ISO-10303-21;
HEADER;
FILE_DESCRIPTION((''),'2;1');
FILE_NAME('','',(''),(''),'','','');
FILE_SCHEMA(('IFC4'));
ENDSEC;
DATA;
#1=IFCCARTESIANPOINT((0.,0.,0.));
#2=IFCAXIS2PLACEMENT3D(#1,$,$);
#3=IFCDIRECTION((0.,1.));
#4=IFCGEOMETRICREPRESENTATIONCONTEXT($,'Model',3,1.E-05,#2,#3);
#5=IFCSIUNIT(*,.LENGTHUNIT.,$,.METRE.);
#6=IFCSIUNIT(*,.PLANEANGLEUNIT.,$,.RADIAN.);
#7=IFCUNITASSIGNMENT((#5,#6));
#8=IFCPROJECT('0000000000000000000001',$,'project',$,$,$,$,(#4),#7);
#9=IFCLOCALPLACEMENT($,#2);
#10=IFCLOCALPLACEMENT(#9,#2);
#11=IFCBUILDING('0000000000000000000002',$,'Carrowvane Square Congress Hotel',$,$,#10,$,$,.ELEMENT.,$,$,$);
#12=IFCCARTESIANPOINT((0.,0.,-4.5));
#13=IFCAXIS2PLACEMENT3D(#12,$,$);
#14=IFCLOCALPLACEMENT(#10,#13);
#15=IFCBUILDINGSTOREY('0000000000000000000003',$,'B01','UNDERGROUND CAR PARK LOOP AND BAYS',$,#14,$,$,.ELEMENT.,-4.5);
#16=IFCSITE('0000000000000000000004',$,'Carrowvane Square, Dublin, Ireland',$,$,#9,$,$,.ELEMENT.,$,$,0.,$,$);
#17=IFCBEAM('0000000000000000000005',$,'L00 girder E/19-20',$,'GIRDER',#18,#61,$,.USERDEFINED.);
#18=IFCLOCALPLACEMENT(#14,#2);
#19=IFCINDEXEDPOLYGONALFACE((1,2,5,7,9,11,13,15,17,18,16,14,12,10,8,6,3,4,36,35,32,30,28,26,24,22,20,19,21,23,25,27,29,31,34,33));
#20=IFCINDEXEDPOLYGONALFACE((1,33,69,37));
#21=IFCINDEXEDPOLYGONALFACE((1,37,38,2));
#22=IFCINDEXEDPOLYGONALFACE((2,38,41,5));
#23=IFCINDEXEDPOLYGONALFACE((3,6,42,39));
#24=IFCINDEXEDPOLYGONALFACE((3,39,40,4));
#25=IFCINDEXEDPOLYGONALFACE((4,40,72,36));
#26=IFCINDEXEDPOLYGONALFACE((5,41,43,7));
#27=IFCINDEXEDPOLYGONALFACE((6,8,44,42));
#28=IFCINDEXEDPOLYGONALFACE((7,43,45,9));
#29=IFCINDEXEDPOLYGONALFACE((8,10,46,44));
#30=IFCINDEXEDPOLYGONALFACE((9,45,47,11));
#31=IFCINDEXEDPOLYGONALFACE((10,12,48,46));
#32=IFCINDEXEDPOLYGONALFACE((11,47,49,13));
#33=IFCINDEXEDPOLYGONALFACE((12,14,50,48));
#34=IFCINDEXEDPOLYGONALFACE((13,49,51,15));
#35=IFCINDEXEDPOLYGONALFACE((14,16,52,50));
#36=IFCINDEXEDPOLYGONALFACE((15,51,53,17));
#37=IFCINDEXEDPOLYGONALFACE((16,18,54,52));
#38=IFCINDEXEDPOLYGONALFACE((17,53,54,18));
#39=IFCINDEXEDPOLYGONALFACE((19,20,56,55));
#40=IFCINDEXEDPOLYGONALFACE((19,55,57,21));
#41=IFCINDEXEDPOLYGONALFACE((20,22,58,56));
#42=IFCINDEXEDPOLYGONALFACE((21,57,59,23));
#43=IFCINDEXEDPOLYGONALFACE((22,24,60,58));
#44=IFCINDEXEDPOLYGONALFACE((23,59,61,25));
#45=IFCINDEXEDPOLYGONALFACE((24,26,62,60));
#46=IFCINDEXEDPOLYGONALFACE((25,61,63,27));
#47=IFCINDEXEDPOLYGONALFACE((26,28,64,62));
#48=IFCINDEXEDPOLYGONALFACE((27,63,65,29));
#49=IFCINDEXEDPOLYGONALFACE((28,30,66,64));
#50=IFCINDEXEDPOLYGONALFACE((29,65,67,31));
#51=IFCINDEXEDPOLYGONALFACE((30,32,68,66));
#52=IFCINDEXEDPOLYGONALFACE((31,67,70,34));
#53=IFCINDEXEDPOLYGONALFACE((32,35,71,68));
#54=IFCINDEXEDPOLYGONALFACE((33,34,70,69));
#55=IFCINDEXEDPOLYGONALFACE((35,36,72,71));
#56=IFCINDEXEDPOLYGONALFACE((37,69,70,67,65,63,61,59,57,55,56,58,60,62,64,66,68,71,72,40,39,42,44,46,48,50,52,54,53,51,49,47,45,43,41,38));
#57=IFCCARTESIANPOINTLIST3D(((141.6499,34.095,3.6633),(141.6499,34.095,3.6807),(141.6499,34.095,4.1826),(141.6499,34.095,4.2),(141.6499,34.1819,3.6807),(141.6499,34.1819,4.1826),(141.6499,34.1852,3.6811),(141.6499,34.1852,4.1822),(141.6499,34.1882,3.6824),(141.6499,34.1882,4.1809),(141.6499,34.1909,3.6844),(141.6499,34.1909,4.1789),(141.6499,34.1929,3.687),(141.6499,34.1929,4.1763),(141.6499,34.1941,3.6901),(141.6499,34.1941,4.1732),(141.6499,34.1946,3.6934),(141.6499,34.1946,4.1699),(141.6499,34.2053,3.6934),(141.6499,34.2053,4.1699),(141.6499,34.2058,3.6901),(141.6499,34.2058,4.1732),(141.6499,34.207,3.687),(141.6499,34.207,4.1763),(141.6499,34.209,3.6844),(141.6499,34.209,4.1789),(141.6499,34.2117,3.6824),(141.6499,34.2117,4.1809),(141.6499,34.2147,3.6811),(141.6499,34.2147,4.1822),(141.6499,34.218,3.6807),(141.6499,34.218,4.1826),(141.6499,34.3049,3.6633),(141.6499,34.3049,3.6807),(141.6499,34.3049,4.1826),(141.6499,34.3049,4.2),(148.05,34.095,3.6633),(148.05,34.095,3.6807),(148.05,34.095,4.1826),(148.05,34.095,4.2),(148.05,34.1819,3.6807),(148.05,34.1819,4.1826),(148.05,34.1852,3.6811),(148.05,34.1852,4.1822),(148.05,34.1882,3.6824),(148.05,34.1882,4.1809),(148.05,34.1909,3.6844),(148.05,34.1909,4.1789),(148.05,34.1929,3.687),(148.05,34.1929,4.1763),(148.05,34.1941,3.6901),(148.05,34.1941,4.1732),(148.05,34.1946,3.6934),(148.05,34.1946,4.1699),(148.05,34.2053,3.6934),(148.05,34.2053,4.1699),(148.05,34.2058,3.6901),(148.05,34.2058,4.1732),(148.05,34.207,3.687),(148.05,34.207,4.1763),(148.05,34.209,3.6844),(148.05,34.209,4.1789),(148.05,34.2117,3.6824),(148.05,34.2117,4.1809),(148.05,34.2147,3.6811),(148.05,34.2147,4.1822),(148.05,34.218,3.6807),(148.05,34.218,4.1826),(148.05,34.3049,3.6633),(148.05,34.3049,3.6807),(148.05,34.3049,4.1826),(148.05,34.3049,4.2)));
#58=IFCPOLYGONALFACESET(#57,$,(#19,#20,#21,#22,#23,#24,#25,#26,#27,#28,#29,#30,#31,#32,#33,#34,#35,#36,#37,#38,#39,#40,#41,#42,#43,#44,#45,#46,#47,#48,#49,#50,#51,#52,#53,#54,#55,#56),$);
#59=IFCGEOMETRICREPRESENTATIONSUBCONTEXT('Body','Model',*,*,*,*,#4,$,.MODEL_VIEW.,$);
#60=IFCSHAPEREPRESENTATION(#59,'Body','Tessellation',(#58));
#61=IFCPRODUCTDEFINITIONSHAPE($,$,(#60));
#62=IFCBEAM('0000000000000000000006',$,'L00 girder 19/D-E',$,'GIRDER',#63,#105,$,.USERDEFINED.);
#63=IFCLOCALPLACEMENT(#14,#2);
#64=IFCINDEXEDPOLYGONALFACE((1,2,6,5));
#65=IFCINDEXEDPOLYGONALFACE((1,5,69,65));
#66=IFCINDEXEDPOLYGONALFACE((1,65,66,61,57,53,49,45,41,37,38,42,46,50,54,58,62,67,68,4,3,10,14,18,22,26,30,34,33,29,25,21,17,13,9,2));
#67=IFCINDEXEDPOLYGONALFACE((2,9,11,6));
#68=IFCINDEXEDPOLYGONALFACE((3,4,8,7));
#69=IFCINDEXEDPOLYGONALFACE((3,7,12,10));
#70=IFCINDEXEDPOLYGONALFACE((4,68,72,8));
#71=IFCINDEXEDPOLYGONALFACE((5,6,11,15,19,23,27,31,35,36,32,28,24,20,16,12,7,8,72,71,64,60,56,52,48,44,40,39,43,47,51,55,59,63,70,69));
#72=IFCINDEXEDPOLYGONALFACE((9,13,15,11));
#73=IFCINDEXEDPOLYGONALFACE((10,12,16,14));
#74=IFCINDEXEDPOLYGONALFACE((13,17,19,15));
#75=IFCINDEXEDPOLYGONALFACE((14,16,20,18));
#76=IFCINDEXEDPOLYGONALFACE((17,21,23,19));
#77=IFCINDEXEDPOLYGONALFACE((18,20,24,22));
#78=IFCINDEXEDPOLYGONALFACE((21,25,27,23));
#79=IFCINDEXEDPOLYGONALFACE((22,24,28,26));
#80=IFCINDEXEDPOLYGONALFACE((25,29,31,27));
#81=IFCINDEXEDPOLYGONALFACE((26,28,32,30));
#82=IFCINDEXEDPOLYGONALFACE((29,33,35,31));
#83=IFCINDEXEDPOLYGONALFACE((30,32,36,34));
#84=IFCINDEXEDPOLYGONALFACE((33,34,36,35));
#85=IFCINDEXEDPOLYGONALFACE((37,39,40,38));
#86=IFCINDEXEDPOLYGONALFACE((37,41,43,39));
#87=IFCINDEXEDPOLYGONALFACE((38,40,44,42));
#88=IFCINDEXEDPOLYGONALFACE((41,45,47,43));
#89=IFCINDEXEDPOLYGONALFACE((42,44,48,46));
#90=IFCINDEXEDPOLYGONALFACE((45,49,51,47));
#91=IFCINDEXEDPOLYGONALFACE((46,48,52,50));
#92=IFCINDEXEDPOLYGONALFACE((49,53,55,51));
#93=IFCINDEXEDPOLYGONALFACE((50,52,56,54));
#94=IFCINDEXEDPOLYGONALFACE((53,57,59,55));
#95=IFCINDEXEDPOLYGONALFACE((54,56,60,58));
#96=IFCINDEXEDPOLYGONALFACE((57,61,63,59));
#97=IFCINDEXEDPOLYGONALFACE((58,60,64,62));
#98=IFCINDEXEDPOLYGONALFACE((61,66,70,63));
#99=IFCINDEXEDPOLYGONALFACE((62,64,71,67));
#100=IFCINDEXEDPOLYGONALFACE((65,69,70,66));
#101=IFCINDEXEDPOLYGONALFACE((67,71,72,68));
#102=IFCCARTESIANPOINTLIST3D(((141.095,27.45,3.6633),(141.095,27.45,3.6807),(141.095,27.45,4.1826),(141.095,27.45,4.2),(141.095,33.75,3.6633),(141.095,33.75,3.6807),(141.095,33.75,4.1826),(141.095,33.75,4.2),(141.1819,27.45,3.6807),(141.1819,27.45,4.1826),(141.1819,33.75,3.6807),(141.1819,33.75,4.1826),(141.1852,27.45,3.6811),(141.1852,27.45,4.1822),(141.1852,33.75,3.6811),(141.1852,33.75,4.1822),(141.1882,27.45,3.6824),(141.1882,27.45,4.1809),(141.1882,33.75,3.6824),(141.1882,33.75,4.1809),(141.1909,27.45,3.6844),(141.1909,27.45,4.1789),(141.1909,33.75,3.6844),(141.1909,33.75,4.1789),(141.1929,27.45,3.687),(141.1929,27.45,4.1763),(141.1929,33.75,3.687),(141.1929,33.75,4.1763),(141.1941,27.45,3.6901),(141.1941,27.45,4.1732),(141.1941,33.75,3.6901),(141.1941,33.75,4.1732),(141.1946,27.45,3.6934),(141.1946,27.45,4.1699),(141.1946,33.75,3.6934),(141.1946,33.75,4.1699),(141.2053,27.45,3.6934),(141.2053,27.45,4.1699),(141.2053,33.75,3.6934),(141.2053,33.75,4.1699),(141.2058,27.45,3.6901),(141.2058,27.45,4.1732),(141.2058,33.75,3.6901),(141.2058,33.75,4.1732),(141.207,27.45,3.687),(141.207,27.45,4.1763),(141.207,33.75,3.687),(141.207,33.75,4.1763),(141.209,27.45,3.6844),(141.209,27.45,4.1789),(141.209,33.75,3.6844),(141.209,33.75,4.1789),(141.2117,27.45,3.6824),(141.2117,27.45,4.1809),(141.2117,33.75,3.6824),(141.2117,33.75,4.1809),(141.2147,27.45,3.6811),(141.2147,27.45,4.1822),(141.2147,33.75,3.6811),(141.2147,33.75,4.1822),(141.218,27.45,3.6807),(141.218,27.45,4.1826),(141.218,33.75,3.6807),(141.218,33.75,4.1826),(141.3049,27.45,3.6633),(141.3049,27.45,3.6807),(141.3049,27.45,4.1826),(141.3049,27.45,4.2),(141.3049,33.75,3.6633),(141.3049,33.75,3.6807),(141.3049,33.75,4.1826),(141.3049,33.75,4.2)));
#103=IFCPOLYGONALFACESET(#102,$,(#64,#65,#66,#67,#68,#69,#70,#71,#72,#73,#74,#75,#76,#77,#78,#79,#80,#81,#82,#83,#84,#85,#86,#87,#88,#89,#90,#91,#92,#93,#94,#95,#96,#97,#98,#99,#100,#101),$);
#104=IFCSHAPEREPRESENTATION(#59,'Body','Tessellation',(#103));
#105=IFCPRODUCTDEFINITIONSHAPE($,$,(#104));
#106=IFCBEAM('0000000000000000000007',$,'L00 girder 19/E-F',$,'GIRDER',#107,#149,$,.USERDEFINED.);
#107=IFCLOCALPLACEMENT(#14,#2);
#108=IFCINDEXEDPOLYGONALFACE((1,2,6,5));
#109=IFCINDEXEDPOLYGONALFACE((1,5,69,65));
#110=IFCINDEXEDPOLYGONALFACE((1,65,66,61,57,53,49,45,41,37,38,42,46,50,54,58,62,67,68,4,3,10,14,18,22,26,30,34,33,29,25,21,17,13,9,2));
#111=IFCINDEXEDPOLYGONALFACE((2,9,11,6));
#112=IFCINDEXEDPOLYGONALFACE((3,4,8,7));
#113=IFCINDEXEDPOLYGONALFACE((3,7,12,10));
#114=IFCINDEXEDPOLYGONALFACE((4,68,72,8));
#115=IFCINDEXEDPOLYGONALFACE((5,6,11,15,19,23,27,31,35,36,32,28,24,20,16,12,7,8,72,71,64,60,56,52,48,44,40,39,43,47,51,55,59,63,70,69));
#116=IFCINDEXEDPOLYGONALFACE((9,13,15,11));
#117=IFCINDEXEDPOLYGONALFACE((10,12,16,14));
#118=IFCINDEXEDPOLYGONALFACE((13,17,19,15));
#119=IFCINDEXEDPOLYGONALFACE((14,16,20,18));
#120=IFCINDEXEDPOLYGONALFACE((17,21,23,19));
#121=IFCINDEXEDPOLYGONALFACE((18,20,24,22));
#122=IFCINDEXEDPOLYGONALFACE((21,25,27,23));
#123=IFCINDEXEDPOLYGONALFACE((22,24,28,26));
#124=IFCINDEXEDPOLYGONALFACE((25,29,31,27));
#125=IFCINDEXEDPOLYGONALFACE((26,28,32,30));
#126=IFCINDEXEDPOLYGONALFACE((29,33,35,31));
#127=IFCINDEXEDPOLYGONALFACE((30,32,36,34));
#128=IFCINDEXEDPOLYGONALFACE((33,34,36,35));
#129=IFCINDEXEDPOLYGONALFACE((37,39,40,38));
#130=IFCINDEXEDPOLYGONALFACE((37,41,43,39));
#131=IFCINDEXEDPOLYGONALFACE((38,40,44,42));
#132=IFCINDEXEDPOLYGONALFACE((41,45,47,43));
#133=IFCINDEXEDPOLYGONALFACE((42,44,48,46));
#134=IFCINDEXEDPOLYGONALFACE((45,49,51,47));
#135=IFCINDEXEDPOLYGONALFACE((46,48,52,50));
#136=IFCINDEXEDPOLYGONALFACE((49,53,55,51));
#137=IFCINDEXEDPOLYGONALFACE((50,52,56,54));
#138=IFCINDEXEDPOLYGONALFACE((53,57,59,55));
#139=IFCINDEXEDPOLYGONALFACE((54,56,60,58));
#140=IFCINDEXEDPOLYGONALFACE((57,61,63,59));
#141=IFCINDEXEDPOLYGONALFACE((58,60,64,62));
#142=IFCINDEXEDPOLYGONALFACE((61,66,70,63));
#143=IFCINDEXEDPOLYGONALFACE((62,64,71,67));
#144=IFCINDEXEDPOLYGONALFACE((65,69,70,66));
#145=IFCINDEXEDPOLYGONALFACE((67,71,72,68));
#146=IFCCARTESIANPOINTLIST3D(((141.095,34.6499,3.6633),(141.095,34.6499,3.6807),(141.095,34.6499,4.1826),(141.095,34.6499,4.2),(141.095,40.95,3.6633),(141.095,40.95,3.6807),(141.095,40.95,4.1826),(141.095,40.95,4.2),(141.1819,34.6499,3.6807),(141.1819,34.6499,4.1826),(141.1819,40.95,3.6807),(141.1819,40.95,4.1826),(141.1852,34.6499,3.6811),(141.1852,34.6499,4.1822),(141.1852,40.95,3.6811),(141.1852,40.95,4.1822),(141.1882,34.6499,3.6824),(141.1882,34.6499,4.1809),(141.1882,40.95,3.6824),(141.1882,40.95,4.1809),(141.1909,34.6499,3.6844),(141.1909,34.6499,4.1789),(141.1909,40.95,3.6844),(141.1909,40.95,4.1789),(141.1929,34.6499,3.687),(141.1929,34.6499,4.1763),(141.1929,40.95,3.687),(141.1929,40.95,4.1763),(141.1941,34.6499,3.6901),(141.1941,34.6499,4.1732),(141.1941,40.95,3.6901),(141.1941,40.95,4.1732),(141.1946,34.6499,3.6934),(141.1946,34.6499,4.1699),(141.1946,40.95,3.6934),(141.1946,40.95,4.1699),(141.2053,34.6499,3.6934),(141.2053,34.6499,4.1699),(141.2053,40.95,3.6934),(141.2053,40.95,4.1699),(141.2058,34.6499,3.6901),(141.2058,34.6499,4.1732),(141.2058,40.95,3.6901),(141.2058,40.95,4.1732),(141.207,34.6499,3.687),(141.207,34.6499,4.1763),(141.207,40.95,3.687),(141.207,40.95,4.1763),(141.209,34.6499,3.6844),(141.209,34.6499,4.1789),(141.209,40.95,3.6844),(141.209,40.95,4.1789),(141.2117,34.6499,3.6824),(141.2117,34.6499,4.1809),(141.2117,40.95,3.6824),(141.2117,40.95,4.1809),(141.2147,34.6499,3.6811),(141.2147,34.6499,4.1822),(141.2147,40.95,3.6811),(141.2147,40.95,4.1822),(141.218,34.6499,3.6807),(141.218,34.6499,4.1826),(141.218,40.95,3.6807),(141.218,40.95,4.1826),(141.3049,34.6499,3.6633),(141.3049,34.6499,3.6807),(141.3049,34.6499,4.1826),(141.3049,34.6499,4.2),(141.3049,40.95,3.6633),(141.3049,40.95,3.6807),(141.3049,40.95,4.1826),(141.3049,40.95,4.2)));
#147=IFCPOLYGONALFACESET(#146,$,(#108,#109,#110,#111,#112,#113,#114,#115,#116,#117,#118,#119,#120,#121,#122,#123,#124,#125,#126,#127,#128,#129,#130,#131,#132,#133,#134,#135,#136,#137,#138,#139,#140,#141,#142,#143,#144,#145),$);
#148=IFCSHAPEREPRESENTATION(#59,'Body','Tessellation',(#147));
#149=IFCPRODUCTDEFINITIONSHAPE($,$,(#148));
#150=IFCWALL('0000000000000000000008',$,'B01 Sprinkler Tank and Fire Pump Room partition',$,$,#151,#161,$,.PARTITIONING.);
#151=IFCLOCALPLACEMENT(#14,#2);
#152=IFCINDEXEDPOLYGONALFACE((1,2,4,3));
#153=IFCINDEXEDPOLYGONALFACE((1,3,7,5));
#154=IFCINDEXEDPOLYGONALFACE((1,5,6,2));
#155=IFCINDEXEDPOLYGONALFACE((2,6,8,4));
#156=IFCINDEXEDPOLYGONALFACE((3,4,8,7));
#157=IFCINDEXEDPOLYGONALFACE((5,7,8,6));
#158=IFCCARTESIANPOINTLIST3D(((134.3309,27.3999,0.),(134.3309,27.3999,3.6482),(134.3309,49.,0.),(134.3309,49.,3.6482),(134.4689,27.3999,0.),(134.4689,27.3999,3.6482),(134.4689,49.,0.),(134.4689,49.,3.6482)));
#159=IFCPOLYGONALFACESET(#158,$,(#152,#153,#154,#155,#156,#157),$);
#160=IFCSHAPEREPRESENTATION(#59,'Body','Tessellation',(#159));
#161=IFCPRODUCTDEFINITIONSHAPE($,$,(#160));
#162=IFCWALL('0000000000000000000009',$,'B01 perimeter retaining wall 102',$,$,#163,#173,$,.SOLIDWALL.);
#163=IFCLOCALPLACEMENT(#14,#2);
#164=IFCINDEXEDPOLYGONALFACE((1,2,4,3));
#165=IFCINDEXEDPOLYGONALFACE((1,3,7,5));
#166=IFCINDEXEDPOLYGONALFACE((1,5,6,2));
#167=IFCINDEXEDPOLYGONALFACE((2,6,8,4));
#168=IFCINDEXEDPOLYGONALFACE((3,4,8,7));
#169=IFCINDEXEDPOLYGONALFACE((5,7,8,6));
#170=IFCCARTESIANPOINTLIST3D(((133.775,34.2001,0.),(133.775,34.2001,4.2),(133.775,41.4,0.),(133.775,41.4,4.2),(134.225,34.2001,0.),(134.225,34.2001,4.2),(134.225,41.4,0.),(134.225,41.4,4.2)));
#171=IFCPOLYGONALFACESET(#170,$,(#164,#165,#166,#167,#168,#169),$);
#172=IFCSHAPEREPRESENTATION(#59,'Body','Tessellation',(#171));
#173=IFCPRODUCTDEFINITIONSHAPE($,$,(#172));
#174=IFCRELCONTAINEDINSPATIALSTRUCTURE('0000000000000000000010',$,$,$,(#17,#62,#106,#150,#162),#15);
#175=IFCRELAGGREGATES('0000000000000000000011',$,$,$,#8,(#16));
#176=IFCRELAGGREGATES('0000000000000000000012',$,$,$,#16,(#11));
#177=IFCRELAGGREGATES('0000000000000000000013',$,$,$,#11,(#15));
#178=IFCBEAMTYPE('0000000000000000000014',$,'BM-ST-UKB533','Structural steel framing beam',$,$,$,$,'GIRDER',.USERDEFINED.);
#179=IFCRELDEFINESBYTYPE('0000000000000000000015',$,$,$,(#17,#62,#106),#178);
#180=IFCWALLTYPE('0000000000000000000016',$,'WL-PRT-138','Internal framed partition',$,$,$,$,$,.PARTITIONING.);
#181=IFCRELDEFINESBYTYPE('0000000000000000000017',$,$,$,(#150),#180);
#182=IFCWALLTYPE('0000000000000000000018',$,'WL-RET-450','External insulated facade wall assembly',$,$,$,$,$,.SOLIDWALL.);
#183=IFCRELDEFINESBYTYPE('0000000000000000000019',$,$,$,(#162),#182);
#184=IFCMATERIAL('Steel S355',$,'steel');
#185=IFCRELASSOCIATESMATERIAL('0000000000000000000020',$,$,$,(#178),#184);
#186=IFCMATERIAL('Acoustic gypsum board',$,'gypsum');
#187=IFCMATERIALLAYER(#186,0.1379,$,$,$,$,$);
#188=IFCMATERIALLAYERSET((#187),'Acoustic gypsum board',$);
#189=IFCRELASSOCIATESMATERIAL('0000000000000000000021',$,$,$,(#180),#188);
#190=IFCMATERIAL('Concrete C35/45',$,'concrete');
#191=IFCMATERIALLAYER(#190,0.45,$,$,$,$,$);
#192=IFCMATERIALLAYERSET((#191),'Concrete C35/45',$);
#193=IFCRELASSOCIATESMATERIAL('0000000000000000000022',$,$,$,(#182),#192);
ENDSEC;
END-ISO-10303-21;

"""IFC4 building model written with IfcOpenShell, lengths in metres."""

from ifc_helpers import new_model, si_unit, direction, frame, frame_2d, origin, origin_2d, place, context, subcontext, project, spatial, rectangle, i_section, extrude, material, layer, layer_set, material_profile, profile_set, type_object, element, save


model = new_model("IFC4")

# Units and contexts
model_context = context("Model", 3, precision=1e-05, world=origin(), true_north=direction((0.0, 1.0)))
body_context = subcontext(model_context, "Body", "Model", "MODEL_VIEW")
ifc_project = project(units=[si_unit("LENGTHUNIT", "METRE"), si_unit("PLANEANGLEUNIT", "RADIAN")], contexts=[model_context])

# Site, building, storey
site_placement = place(None, origin())
site = spatial("IfcSite", under=ifc_project, at=site_placement, Name="Carrowvane Square, Dublin, Ireland", CompositionType="ELEMENT", RefElevation=0.0)
building_placement = place(site_placement, origin())
building = spatial("IfcBuilding", under=site, at=building_placement, Name="Carrowvane Square Congress Hotel", CompositionType="ELEMENT")
storey_placement = place(building_placement, frame((0.0, 0.0, -4.5)))
storey = spatial("IfcBuildingStorey", under=building, at=storey_placement, Name="B01", Description="UNDERGROUND CAR PARK LOOP AND BAYS", CompositionType="ELEMENT", Elevation=-4.5)

# Beams
ifc_material_1 = material(Name="Steel S355", Category="steel")
ifc_material_profile_1 = material_profile(ifc_material_1, i_section(OverallWidth=0.21, OverallDepth=0.5366, WebThickness=0.0107, FlangeThickness=0.0173, FilletRadius=0.0127, at=origin_2d()), Name="UKB 533x210x101")
ifc_profile_set_1 = profile_set([ifc_material_profile_1], Name="Steel S355")
beam_type_1 = type_object("IfcBeamType", Name="BM-ST-UKB533", Description="Structural steel framing beam", ElementType="GIRDER", PredefinedType="USERDEFINED", material=ifc_profile_set_1)
beam_1_placement = place(storey_placement, frame((141.6499, 34.2, 3.9316), z_axis=(1.0, 0.0, 0.0), x_axis=(0.0, 1.0, 0.0)))
element("IfcBeam", 1, at=beam_1_placement, inside=storey, type_object=beam_type_1, Name="L00 girder E/19-20", ObjectType="GIRDER", PredefinedType="USERDEFINED", context=body_context, shape_type="SweptSolid", body=[
    extrude(i_section(OverallWidth=0.21, OverallDepth=0.5366, WebThickness=0.0107, FlangeThickness=0.0173, FilletRadius=0.0127, at=origin_2d()), origin(), (0.0, 0.0, 1.0), 6.4001),
])
for number, where, z_axis, x_axis, name in (
    (2, (141.2, 27.45, 3.9316), (0.0, 1.0, 0.0), (-1.0, 0.0, 0.0), "L00 girder 19/D-E"),
    (3, (141.2, 34.6499, 3.9316), (0.0, 1.0, 0.0), (-1.0, 0.0, 0.0), "L00 girder 19/E-F"),
):
    element("IfcBeam", number, at=place(storey_placement, frame(where, z_axis=z_axis, x_axis=x_axis)), inside=storey, type_object=beam_type_1, Name=name, ObjectType="GIRDER", PredefinedType="USERDEFINED", context=body_context, shape_type="SweptSolid", body=[
        extrude(i_section(OverallWidth=0.21, OverallDepth=0.5366, WebThickness=0.0107, FlangeThickness=0.0173, FilletRadius=0.0127, at=origin_2d()), origin(), (0.0, 0.0, 1.0), 6.3),
    ])

# Walls
ifc_material_2 = material(Name="Acoustic gypsum board", Category="gypsum")
ifc_layer_1 = layer(ifc_material_2, 0.1379)
ifc_layer_set_1 = layer_set([ifc_layer_1], Name="Acoustic gypsum board")
wall_type_1 = type_object("IfcWallType", Name="WL-PRT-138", Description="Internal framed partition", PredefinedType="PARTITIONING", material=ifc_layer_set_1)
wall_1_placement = place(storey_placement, frame((134.3999, 27.3999, 0.0), z_axis=(0.0, 0.0, 1.0), x_axis=(0.0, 1.0, 0.0)))
element("IfcWall", 4, at=wall_1_placement, inside=storey, type_object=wall_type_1, Name="B01 Sprinkler Tank and Fire Pump Room partition", PredefinedType="PARTITIONING", context=body_context, shape_type="SweptSolid", body=[
    extrude(rectangle(XDim=21.6001, YDim=0.1379, at=frame_2d((10.8, 0.0))), origin(), (0.0, 0.0, 1.0), 3.6482),
])
ifc_material_3 = material(Name="Concrete C35/45", Category="concrete")
ifc_layer_2 = layer(ifc_material_3, 0.45)
ifc_layer_set_2 = layer_set([ifc_layer_2], Name="Concrete C35/45")
wall_type_2 = type_object("IfcWallType", Name="WL-RET-450", Description="External insulated facade wall assembly", PredefinedType="SOLIDWALL", material=ifc_layer_set_2)
wall_2_placement = place(storey_placement, frame((134.0, 34.2, 0.0), z_axis=(0.0, 0.0, 1.0), x_axis=(0.0, 1.0, 0.0)))
element("IfcWall", 5, at=wall_2_placement, inside=storey, type_object=wall_type_2, Name="B01 perimeter retaining wall 102", PredefinedType="SOLIDWALL", context=body_context, shape_type="SweptSolid", body=[
    extrude(rectangle(XDim=7.2, YDim=0.45, at=frame_2d((3.6001, 0.0))), origin(), (0.0, 0.0, 1.0), 4.2),
])

save(model, "model.ifc")
